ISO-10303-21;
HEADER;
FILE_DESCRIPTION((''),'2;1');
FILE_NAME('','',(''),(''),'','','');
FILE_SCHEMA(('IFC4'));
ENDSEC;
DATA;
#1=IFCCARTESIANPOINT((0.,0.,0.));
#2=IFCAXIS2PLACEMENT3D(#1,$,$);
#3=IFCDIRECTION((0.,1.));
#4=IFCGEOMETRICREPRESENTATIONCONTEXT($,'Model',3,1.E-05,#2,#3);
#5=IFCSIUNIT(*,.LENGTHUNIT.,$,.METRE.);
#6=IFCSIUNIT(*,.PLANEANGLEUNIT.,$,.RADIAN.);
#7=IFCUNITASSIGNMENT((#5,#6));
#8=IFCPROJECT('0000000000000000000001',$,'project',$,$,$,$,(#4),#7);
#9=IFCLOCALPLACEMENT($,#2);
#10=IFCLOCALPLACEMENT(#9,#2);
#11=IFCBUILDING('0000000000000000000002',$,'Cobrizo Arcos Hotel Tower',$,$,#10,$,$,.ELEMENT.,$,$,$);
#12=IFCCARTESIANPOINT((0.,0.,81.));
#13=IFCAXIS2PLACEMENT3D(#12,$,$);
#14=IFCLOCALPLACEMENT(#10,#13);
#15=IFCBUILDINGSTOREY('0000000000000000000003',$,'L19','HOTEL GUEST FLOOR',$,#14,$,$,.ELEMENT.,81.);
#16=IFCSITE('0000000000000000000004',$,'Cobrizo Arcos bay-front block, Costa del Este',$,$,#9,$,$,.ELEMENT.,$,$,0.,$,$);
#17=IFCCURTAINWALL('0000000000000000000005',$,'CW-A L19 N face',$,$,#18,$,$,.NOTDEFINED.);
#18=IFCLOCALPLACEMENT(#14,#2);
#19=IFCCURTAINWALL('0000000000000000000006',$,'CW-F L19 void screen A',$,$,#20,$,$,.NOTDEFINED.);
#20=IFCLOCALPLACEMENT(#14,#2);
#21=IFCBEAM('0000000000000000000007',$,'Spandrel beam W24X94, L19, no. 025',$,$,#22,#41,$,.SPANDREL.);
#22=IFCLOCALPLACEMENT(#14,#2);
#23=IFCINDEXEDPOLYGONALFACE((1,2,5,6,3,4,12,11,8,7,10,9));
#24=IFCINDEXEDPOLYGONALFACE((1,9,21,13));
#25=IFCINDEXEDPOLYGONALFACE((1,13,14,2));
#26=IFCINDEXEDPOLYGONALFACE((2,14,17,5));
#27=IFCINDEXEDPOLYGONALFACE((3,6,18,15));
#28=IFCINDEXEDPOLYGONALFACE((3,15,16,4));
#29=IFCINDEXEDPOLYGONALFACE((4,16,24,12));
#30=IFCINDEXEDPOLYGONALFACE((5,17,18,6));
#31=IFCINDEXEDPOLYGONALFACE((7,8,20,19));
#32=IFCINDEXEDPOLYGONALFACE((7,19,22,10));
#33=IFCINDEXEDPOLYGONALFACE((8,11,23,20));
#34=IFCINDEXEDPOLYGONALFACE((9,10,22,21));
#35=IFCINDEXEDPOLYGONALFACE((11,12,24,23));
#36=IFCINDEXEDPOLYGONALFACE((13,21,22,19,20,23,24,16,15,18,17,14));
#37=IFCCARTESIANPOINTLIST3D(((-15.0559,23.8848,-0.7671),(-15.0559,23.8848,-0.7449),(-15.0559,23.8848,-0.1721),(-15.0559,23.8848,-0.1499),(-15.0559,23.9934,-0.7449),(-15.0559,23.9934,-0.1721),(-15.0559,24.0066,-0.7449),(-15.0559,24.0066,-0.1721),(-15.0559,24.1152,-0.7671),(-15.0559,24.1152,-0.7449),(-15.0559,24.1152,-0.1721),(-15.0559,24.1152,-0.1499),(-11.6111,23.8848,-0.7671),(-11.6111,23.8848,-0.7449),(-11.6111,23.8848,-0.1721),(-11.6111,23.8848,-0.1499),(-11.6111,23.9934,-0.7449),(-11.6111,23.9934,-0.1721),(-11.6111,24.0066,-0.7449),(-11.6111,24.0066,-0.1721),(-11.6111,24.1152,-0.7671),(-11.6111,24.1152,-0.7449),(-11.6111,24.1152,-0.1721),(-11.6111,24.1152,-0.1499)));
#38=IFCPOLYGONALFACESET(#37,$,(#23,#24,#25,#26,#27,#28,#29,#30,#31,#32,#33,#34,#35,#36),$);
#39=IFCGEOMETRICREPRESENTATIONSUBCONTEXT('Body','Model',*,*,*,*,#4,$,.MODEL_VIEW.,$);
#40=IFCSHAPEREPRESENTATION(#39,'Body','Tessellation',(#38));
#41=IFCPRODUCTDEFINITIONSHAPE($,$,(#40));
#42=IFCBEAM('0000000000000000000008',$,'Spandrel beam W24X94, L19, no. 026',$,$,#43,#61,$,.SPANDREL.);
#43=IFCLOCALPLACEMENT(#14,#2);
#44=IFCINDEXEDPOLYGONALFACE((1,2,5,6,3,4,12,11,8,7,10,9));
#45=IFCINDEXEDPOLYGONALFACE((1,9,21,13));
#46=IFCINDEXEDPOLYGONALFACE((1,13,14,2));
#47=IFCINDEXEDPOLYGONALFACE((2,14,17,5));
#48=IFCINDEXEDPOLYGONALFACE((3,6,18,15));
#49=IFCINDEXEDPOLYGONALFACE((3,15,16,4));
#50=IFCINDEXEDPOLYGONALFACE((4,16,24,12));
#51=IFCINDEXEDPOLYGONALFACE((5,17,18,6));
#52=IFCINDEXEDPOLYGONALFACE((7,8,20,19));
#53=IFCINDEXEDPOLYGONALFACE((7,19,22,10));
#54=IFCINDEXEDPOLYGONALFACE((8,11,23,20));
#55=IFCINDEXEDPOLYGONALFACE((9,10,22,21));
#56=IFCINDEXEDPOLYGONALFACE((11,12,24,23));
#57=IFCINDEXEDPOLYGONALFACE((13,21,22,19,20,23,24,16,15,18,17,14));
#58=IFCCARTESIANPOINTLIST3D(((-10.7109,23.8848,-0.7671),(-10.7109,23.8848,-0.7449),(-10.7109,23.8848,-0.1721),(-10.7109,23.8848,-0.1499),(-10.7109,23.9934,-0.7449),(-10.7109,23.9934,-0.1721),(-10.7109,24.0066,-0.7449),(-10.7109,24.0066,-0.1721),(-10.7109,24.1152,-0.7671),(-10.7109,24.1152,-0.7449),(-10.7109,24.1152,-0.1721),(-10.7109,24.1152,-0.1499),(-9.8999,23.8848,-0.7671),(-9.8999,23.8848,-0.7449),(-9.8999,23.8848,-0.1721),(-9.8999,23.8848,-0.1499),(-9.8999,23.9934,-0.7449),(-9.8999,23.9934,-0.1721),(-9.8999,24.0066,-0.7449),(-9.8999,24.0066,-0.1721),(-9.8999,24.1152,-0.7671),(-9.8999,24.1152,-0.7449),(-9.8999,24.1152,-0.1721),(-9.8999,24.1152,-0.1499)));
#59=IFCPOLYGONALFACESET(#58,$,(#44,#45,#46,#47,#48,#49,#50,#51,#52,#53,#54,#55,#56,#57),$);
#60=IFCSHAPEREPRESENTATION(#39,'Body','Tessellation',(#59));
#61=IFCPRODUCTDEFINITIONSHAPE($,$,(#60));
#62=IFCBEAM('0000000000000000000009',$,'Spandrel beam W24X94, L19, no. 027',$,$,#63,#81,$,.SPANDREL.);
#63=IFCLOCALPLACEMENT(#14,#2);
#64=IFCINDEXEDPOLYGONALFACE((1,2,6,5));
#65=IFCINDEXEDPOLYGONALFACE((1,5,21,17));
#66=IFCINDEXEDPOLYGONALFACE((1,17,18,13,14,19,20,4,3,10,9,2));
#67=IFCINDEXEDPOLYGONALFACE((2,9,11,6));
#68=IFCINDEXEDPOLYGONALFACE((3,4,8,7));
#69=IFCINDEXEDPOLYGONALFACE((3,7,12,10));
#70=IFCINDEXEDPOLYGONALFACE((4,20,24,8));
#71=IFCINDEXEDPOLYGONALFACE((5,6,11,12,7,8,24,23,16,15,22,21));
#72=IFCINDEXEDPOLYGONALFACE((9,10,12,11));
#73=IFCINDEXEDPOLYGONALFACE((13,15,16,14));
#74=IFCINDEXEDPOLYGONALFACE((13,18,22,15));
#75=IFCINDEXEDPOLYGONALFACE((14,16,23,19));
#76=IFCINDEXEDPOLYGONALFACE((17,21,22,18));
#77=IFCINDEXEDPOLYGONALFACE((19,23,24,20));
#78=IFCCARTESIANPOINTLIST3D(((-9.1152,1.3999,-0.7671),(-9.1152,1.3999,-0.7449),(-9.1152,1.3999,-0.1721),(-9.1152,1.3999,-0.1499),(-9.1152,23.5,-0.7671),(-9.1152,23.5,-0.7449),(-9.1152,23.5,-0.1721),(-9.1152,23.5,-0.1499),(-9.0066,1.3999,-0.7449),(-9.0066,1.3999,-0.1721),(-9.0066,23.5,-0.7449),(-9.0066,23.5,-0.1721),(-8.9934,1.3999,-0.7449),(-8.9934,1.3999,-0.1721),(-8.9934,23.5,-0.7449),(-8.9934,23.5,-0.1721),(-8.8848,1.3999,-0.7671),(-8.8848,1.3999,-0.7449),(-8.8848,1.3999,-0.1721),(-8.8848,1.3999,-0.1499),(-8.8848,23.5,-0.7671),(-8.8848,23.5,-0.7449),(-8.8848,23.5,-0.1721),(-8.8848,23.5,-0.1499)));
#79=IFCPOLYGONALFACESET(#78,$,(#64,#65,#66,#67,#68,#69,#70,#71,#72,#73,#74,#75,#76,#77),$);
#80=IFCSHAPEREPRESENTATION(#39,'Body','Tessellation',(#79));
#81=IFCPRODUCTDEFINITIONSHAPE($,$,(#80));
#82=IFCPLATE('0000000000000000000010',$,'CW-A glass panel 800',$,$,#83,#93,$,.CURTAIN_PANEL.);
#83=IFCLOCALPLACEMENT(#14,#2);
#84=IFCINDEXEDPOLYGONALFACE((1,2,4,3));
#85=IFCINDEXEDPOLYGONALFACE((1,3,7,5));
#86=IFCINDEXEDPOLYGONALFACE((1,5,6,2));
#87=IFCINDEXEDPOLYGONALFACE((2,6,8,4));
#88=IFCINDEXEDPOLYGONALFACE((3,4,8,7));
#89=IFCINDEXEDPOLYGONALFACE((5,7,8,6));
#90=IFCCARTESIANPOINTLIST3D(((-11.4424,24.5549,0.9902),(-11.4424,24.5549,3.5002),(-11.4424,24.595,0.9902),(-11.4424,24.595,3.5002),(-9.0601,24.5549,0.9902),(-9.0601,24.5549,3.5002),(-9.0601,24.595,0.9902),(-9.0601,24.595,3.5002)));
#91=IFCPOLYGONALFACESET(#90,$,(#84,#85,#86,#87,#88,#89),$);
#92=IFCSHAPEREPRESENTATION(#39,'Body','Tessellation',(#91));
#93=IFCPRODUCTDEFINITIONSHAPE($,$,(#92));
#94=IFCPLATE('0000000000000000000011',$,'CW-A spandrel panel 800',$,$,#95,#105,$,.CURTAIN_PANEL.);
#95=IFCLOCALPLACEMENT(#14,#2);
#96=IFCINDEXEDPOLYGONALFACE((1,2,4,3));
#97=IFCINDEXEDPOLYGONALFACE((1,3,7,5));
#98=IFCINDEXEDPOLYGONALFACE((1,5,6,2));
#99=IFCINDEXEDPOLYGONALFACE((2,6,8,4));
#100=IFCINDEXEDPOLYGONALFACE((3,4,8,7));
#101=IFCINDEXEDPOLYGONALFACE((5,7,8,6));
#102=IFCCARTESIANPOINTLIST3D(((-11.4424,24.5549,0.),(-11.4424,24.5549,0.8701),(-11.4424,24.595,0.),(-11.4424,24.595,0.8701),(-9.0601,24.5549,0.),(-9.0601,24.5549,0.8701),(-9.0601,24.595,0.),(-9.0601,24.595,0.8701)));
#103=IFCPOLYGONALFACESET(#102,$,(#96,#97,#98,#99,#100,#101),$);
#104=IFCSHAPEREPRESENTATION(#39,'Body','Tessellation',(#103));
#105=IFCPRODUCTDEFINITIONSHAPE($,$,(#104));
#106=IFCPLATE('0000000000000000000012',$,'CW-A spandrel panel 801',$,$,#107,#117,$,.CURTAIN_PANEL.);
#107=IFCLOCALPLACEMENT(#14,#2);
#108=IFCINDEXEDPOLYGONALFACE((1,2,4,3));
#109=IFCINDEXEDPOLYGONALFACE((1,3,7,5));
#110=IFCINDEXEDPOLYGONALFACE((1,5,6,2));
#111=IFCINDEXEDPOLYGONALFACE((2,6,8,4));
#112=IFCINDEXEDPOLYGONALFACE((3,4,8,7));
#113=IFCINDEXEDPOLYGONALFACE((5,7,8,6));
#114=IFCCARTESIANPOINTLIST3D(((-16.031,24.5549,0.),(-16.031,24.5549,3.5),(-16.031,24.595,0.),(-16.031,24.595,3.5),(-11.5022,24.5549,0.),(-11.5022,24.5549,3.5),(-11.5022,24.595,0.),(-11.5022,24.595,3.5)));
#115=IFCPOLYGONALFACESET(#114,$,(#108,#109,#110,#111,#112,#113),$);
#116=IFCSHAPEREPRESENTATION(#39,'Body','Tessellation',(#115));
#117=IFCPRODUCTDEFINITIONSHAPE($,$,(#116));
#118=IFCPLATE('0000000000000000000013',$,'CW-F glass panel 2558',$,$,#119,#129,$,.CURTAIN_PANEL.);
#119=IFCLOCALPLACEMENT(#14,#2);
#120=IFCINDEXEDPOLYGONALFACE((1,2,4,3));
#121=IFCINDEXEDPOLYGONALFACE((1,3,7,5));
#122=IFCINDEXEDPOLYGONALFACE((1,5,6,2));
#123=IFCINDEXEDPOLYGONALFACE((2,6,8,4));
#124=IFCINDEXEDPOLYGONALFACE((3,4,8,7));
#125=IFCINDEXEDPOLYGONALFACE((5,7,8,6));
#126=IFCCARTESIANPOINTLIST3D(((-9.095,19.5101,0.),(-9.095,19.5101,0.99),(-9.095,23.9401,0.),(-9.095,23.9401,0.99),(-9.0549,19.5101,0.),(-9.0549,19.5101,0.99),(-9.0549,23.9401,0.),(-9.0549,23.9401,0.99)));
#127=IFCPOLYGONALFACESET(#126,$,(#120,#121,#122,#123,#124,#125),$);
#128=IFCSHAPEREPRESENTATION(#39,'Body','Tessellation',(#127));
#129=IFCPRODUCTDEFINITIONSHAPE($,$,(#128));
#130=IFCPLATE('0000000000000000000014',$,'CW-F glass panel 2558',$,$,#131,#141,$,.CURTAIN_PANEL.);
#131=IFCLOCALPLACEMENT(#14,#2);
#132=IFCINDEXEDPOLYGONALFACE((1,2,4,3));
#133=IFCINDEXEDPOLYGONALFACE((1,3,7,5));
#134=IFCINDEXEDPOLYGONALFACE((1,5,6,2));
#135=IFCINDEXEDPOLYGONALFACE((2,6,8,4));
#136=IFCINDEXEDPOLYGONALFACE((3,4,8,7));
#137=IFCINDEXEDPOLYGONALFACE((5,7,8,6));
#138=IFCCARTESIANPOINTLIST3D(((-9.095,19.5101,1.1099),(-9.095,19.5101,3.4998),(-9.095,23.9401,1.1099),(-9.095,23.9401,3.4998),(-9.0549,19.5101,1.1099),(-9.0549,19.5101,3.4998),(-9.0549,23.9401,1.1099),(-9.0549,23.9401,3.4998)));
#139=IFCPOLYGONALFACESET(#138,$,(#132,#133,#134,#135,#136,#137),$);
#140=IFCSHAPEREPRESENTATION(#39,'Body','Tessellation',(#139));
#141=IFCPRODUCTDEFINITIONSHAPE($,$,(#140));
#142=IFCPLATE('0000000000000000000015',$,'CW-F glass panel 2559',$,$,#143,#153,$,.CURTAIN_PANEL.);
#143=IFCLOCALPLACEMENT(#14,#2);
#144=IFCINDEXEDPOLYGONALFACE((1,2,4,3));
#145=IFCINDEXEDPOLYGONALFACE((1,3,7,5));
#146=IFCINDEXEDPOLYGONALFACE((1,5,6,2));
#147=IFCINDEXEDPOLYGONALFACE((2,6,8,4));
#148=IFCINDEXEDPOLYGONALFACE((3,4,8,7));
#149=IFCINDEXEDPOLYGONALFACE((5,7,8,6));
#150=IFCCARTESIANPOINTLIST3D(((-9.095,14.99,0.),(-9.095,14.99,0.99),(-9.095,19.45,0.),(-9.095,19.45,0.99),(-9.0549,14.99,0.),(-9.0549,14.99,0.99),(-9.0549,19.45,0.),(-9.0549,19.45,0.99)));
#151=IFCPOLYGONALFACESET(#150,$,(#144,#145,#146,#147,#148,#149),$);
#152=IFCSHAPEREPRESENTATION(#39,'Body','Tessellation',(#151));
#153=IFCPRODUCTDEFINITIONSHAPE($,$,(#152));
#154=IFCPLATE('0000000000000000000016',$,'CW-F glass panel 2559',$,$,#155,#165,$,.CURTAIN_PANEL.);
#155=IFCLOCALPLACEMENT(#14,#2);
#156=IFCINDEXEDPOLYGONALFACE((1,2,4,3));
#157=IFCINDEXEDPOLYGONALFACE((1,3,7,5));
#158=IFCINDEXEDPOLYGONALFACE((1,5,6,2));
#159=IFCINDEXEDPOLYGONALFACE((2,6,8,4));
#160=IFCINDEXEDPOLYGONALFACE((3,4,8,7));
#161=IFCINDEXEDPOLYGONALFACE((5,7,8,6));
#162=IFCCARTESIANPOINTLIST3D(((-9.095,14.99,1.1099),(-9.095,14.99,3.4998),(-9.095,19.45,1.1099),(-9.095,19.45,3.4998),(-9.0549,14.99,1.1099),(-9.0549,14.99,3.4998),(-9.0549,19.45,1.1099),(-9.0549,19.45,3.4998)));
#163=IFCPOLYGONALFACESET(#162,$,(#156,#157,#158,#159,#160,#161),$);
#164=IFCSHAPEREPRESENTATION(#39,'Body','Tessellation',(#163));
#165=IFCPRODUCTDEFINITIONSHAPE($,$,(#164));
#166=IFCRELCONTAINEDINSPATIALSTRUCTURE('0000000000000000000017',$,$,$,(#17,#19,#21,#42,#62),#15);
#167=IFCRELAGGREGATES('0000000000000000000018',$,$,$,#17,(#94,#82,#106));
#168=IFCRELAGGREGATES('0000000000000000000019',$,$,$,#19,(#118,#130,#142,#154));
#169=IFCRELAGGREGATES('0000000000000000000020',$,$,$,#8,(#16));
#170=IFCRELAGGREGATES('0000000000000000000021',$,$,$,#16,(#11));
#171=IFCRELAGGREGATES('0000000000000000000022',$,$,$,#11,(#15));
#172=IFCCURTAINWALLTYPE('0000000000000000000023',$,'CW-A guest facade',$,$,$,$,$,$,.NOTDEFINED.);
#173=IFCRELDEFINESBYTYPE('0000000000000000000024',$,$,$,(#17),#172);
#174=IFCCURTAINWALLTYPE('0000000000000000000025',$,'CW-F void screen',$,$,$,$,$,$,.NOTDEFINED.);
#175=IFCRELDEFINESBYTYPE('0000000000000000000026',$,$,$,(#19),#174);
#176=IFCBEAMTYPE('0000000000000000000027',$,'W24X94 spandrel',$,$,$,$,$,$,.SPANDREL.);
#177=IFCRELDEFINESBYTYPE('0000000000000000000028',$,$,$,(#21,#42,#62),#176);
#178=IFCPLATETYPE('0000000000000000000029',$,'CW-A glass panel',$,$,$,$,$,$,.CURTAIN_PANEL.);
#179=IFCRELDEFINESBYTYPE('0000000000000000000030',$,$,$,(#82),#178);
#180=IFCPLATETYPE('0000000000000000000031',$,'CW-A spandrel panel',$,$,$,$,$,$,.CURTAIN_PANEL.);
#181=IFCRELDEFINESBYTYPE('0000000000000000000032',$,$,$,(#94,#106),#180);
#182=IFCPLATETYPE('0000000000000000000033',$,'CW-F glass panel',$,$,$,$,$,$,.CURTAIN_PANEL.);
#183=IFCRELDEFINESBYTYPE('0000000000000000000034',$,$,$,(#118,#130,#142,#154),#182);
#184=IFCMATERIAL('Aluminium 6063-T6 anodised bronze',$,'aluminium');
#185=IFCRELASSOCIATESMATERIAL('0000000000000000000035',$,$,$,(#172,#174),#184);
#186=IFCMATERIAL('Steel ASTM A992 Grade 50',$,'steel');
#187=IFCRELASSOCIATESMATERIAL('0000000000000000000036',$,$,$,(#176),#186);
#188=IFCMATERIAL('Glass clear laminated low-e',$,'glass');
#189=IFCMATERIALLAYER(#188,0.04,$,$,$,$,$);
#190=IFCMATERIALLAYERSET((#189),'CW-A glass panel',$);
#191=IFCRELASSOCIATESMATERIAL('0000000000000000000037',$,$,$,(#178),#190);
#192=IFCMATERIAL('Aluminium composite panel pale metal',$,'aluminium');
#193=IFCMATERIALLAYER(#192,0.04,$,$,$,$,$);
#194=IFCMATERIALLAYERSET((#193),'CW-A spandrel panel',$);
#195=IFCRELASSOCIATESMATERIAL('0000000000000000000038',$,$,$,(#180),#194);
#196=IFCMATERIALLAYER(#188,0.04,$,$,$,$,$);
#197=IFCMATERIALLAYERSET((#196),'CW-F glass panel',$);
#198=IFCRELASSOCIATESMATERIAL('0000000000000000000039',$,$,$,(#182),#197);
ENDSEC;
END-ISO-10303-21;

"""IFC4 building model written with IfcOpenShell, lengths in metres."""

from ifc_helpers import new_model, si_unit, direction, frame, origin, origin_2d, place, context, subcontext, project, spatial, rectangle, i_section, extrude, material, layer, layer_set, material_profile, profile_set, type_object, element, aggregate, save


model = new_model("IFC4")

# Units and contexts
model_context = context("Model", 3, precision=1e-05, world=origin(), true_north=direction((0.0, 1.0)))
body_context = subcontext(model_context, "Body", "Model", "MODEL_VIEW")
ifc_project = project(units=[si_unit("LENGTHUNIT", "METRE"), si_unit("PLANEANGLEUNIT", "RADIAN")], contexts=[model_context])

# Site, building, storey
site_placement = place(None, origin())
site = spatial("IfcSite", under=ifc_project, at=site_placement, Name="Cobrizo Arcos bay-front block, Costa del Este", CompositionType="ELEMENT", RefElevation=0.0)
building_placement = place(site_placement, origin())
building = spatial("IfcBuilding", under=site, at=building_placement, Name="Cobrizo Arcos Hotel Tower", CompositionType="ELEMENT")
storey_placement = place(building_placement, frame((0.0, 0.0, 81.0)))
storey = spatial("IfcBuildingStorey", under=building, at=storey_placement, Name="L19", Description="HOTEL GUEST FLOOR", CompositionType="ELEMENT", Elevation=81.0)

# Curtain walls
ifc_material_1 = material(Name="Aluminium 6063-T6 anodised bronze", Category="aluminium")
curtain_wall_type_1 = type_object("IfcCurtainWallType", Name="CW-A guest facade", PredefinedType="NOTDEFINED", material=ifc_material_1)
curtain_wall_1_placement = place(storey_placement, origin())
curtain_wall_1 = element("IfcCurtainWall", 1, at=curtain_wall_1_placement, inside=storey, type_object=curtain_wall_type_1, Name="CW-A L19 N face", PredefinedType="NOTDEFINED")
curtain_wall_type_2 = type_object("IfcCurtainWallType", Name="CW-F void screen", PredefinedType="NOTDEFINED", material=ifc_material_1)
curtain_wall_2_placement = place(storey_placement, origin())
curtain_wall_2 = element("IfcCurtainWall", 2, at=curtain_wall_2_placement, inside=storey, type_object=curtain_wall_type_2, Name="CW-F L19 void screen A", PredefinedType="NOTDEFINED")

# Beams
ifc_material_2 = material(Name="Steel ASTM A992 Grade 50", Category="steel")
ifc_material_profile_1 = material_profile(ifc_material_2, i_section(OverallWidth=0.2305, OverallDepth=0.6172, WebThickness=0.0132, FlangeThickness=0.0222, at=origin_2d()), Name="W24X94")
ifc_profile_set_1 = profile_set([ifc_material_profile_1], Name="Steel ASTM A992 Grade 50")
beam_type = type_object("IfcBeamType", Name="W24X94 spandrel", PredefinedType="SPANDREL", material=ifc_profile_set_1)
beam_1_placement = place(storey_placement, frame((-15.0559, 24.0, -0.4585), z_axis=(1.0, 0.0, 0.0), x_axis=(0.0, 1.0, 0.0)))
element("IfcBeam", 3, at=beam_1_placement, inside=storey, type_object=beam_type, Name="Spandrel beam W24X94, L19, no. 025", PredefinedType="SPANDREL", context=body_context, shape_type="SweptSolid", body=[
    extrude(i_section(OverallWidth=0.2305, OverallDepth=0.6172, WebThickness=0.0132, FlangeThickness=0.0222, at=origin_2d()), origin(), (0.0, 0.0, 1.0), 3.4448),
])
beam_2_placement = place(storey_placement, frame((-10.7109, 24.0, -0.4585), z_axis=(1.0, 0.0, 0.0), x_axis=(0.0, 1.0, 0.0)))
element("IfcBeam", 4, at=beam_2_placement, inside=storey, type_object=beam_type, Name="Spandrel beam W24X94, L19, no. 026", PredefinedType="SPANDREL", context=body_context, shape_type="SweptSolid", body=[
    extrude(i_section(OverallWidth=0.2305, OverallDepth=0.6172, WebThickness=0.0132, FlangeThickness=0.0222, at=origin_2d()), origin(), (0.0, 0.0, 1.0), 0.811),
])
beam_3_placement = place(storey_placement, frame((-9.0, 23.5, -0.4585), z_axis=(0.0, -1.0, 0.0), x_axis=(1.0, 0.0, 0.0)))
element("IfcBeam", 5, at=beam_3_placement, inside=storey, type_object=beam_type, Name="Spandrel beam W24X94, L19, no. 027", PredefinedType="SPANDREL", context=body_context, shape_type="SweptSolid", body=[
    extrude(i_section(OverallWidth=0.2305, OverallDepth=0.6172, WebThickness=0.0132, FlangeThickness=0.0222, at=origin_2d()), origin(), (0.0, 0.0, 1.0), 22.1001),
])

# Plates
ifc_material_3 = material(Name="Glass clear laminated low-e", Category="glass")
ifc_layer_1 = layer(ifc_material_3, 0.04)
ifc_layer_set_1 = layer_set([ifc_layer_1], Name="CW-A glass panel")
plate_type_1 = type_object("IfcPlateType", Name="CW-A glass panel", PredefinedType="CURTAIN_PANEL", material=ifc_layer_set_1)
plate_1_placement = place(storey_placement, frame((-10.2512, 24.575, 0.9902), z_axis=(0.0, 0.0, 1.0), x_axis=(-1.0, 0.0, 0.0)))
plate_1 = element("IfcPlate", 6, at=plate_1_placement, type_object=plate_type_1, Name="CW-A glass panel 800", PredefinedType="CURTAIN_PANEL", context=body_context, shape_type="SweptSolid", body=[
    extrude(rectangle(XDim=2.3823, YDim=0.04, at=origin_2d()), origin(), (0.0, 0.0, 1.0), 2.51),
])
ifc_material_4 = material(Name="Aluminium composite panel pale metal", Category="aluminium")
ifc_layer_2 = layer(ifc_material_4, 0.04)
ifc_layer_set_2 = layer_set([ifc_layer_2], Name="CW-A spandrel panel")
plate_type_2 = type_object("IfcPlateType", Name="CW-A spandrel panel", PredefinedType="CURTAIN_PANEL", material=ifc_layer_set_2)
plate_2_placement = place(storey_placement, frame((-10.2512, 24.575, 0.0), z_axis=(0.0, 0.0, 1.0), x_axis=(-1.0, 0.0, 0.0)))
plate_2 = element("IfcPlate", 7, at=plate_2_placement, type_object=plate_type_2, Name="CW-A spandrel panel 800", PredefinedType="CURTAIN_PANEL", context=body_context, shape_type="SweptSolid", body=[
    extrude(rectangle(XDim=2.3823, YDim=0.04, at=origin_2d()), origin(), (0.0, 0.0, 1.0), 0.8701),
])
plate_3_placement = place(storey_placement, frame((-13.7666, 24.575, 0.0), z_axis=(0.0, 0.0, 1.0), x_axis=(-1.0, 0.0, 0.0)))
plate_3 = element("IfcPlate", 8, at=plate_3_placement, type_object=plate_type_2, Name="CW-A spandrel panel 801", PredefinedType="CURTAIN_PANEL", context=body_context, shape_type="SweptSolid", body=[
    extrude(rectangle(XDim=4.5288, YDim=0.04, at=origin_2d()), origin(), (0.0, 0.0, 1.0), 3.5),
])
aggregate(curtain_wall_1, [plate_2, plate_1, plate_3])
ifc_layer_3 = layer(ifc_material_3, 0.04)
ifc_layer_set_3 = layer_set([ifc_layer_3], Name="CW-F glass panel")
plate_type_3 = type_object("IfcPlateType", Name="CW-F glass panel", PredefinedType="CURTAIN_PANEL", material=ifc_layer_set_3)
plate_4_placement = place(storey_placement, frame((-9.075, 21.7251, 0.0), z_axis=(0.0, 0.0, 1.0), x_axis=(0.0, -1.0, 0.0)))
plate_4 = element("IfcPlate", 9, at=plate_4_placement, type_object=plate_type_3, Name="CW-F glass panel 2558", PredefinedType="CURTAIN_PANEL", context=body_context, shape_type="SweptSolid", body=[
    extrude(rectangle(XDim=4.4299, YDim=0.04, at=origin_2d()), origin(), (0.0, 0.0, 1.0), 0.99),
])
plate_5_placement = place(storey_placement, frame((-9.075, 21.7251, 1.1099), z_axis=(0.0, 0.0, 1.0), x_axis=(0.0, -1.0, 0.0)))
plate_5 = element("IfcPlate", 10, at=plate_5_placement, type_object=plate_type_3, Name="CW-F glass panel 2558", PredefinedType="CURTAIN_PANEL", context=body_context, shape_type="SweptSolid", body=[
    extrude(rectangle(XDim=4.4299, YDim=0.04, at=origin_2d()), origin(), (0.0, 0.0, 1.0), 2.3899),
])
plate_6_placement = place(storey_placement, frame((-9.075, 17.22, 0.0), z_axis=(0.0, 0.0, 1.0), x_axis=(0.0, -1.0, 0.0)))
plate_6 = element("IfcPlate", 11, at=plate_6_placement, type_object=plate_type_3, Name="CW-F glass panel 2559", PredefinedType="CURTAIN_PANEL", context=body_context, shape_type="SweptSolid", body=[
    extrude(rectangle(XDim=4.46, YDim=0.04, at=origin_2d()), origin(), (0.0, 0.0, 1.0), 0.99),
])
plate_7_placement = place(storey_placement, frame((-9.075, 17.22, 1.1099), z_axis=(0.0, 0.0, 1.0), x_axis=(0.0, -1.0, 0.0)))
plate_7 = element("IfcPlate", 12, at=plate_7_placement, type_object=plate_type_3, Name="CW-F glass panel 2559", PredefinedType="CURTAIN_PANEL", context=body_context, shape_type="SweptSolid", body=[
    extrude(rectangle(XDim=4.46, YDim=0.04, at=origin_2d()), origin(), (0.0, 0.0, 1.0), 2.3899),
])
aggregate(curtain_wall_2, [plate_4, plate_5, plate_6, plate_7])

save(model, "model.ifc")
